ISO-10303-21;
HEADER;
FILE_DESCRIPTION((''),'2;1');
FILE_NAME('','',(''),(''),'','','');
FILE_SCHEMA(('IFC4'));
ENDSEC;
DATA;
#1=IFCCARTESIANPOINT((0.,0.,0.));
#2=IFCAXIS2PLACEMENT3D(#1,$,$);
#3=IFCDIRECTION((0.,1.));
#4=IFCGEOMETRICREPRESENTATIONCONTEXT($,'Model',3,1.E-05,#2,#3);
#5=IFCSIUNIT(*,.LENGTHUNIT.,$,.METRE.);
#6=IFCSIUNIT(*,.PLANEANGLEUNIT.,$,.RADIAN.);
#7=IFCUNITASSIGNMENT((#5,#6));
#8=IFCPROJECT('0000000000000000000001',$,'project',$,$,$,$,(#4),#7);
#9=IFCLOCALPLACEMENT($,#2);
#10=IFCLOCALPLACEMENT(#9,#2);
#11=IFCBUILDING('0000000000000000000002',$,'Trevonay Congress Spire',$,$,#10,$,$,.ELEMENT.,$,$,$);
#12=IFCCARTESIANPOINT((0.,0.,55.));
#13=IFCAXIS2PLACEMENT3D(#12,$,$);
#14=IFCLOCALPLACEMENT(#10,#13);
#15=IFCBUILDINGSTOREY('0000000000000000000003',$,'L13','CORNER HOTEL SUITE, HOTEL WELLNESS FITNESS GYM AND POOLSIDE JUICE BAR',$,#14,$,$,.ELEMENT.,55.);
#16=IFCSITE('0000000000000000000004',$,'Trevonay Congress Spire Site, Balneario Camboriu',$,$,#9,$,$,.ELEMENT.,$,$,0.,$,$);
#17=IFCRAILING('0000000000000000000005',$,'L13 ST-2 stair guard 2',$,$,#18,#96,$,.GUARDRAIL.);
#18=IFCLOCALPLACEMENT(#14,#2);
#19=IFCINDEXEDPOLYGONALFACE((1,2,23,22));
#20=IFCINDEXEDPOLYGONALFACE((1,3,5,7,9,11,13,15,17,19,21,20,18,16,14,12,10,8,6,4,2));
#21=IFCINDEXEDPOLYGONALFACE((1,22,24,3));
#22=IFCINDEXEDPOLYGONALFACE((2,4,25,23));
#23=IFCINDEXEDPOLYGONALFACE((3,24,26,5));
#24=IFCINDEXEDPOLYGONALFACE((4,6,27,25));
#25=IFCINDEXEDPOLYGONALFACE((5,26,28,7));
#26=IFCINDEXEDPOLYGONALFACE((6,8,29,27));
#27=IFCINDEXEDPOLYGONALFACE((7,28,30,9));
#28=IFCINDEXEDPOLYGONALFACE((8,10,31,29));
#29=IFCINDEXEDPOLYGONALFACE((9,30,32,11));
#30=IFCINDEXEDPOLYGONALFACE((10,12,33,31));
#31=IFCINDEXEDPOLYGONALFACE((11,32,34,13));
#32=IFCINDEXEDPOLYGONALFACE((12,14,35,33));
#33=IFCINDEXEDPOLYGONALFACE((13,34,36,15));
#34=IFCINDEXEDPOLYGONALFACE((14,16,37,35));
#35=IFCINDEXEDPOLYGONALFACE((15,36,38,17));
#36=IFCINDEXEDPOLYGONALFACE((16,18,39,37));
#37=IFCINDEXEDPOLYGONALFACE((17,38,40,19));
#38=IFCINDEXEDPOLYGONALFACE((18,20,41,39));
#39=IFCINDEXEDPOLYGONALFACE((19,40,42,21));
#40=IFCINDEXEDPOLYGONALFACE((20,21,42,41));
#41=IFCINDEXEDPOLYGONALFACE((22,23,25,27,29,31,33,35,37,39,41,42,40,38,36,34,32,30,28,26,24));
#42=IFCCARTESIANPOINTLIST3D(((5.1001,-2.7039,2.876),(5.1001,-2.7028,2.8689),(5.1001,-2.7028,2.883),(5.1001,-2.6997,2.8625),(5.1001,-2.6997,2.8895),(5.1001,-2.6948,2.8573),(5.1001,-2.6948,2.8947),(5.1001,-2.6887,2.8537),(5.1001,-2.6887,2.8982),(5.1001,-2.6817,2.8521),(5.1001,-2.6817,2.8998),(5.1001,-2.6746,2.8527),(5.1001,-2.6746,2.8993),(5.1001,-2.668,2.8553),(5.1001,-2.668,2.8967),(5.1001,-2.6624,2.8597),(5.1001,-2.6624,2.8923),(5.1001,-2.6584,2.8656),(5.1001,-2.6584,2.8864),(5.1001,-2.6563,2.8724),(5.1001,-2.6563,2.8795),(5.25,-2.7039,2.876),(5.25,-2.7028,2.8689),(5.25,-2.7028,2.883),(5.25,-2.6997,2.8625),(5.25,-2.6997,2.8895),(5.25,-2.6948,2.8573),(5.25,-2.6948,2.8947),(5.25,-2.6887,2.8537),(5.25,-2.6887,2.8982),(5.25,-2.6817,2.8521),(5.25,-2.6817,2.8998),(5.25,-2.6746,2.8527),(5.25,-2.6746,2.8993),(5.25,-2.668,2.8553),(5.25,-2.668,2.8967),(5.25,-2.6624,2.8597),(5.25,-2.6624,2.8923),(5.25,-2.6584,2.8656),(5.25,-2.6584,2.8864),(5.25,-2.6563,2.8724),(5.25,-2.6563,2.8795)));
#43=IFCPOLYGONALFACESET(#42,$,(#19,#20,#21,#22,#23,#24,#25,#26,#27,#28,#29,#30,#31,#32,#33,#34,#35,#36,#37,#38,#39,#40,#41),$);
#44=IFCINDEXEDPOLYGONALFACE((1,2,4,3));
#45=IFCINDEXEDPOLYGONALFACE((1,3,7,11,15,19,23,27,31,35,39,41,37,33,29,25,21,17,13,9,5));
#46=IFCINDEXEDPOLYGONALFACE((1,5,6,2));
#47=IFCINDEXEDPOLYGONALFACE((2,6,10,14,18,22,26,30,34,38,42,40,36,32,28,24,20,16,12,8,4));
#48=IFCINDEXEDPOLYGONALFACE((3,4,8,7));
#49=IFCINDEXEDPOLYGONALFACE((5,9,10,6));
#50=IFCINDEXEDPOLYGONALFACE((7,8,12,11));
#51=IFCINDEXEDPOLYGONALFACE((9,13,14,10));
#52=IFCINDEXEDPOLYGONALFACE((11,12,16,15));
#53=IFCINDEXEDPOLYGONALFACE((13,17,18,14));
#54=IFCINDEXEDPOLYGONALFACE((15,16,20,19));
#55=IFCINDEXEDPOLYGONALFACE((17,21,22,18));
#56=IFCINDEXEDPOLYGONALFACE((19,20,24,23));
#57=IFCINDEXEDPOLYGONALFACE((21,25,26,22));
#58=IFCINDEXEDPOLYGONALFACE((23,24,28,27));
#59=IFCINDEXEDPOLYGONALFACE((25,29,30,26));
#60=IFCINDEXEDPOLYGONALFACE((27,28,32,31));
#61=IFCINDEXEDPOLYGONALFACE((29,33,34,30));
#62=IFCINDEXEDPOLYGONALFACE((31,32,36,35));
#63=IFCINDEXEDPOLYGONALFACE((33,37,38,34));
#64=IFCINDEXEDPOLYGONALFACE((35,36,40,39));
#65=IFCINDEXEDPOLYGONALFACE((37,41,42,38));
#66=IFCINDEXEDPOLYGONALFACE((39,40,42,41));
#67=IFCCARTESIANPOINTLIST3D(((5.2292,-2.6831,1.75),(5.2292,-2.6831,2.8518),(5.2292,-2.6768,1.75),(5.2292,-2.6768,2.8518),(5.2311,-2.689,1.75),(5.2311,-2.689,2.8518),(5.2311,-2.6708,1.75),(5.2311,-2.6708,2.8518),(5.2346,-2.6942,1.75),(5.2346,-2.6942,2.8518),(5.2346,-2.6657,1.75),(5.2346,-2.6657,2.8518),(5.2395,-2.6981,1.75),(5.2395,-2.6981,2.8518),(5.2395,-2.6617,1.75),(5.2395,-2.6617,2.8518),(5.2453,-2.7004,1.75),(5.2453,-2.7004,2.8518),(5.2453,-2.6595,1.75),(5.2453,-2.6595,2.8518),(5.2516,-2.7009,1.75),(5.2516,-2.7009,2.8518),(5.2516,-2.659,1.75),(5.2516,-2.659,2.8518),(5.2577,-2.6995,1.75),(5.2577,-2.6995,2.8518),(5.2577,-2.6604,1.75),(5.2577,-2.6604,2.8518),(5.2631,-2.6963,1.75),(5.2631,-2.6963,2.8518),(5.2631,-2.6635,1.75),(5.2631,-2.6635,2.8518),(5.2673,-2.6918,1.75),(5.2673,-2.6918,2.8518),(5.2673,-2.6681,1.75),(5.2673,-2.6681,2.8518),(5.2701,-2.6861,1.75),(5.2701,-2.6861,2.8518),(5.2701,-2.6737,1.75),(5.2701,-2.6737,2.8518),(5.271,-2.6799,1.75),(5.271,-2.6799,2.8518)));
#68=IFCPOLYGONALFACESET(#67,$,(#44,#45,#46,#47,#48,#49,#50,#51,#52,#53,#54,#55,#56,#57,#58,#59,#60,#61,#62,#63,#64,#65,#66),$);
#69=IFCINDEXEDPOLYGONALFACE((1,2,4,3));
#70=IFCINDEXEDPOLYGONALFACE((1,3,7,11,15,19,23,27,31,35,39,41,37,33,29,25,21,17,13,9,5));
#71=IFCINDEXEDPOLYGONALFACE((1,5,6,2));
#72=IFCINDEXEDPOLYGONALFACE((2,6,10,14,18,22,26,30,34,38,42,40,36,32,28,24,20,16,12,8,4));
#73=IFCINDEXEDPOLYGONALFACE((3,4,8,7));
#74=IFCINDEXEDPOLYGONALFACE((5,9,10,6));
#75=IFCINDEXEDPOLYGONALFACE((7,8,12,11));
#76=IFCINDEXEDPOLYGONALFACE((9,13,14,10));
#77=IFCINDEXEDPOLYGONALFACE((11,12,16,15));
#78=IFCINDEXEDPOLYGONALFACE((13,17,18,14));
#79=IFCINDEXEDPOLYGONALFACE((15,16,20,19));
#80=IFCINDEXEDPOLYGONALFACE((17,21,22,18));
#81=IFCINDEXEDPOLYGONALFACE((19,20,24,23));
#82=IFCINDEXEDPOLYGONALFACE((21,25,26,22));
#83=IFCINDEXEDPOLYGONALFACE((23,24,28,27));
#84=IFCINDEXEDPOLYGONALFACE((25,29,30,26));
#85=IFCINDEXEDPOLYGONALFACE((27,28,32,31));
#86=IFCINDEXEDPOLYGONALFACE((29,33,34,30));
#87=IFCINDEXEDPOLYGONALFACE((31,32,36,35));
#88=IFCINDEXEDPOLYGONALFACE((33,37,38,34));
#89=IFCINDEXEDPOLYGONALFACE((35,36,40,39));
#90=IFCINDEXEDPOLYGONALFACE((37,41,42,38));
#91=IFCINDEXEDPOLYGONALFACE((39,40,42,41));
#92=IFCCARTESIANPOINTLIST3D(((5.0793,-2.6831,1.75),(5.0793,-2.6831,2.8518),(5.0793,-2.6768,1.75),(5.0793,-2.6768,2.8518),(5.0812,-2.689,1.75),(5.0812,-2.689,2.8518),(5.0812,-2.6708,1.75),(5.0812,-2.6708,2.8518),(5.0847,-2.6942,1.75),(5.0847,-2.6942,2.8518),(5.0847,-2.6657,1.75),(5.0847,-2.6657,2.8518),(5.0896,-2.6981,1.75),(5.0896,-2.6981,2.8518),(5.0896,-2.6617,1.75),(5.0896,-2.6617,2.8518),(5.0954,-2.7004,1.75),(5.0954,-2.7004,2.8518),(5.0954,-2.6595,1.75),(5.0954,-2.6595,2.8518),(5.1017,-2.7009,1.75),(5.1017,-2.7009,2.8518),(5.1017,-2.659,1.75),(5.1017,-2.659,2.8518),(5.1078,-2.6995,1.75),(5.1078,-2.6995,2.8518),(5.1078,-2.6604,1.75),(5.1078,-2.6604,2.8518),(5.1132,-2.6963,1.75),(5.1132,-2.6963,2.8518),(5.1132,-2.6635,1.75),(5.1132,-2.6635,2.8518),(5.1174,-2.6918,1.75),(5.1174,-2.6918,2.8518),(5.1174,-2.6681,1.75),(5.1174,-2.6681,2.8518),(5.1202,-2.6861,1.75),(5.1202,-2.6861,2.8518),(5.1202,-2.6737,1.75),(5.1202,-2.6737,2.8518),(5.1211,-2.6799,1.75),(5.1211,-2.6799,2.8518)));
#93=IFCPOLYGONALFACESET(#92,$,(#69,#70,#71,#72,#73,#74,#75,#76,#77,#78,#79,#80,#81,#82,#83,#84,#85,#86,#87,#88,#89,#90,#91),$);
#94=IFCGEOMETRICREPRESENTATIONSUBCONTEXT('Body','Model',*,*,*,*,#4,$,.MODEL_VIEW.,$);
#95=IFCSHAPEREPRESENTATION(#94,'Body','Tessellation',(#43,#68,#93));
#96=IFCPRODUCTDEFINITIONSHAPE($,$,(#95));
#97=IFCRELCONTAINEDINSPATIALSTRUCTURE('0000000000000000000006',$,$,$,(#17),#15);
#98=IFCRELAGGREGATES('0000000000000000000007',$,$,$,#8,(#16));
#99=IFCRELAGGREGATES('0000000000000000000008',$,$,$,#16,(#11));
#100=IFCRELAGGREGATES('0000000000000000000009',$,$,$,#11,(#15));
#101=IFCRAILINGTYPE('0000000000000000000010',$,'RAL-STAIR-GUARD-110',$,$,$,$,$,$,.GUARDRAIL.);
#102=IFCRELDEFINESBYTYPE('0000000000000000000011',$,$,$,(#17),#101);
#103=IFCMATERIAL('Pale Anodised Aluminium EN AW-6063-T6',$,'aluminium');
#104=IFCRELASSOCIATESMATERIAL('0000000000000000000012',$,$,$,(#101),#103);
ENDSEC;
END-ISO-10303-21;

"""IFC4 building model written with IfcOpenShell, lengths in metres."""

from ifc_helpers import new_model, si_unit, direction, frame, origin, origin_2d, place, context, subcontext, project, spatial, circle, extrude, material, type_object, element, save


model = new_model("IFC4")

# Units and contexts
model_context = context("Model", 3, precision=1e-05, world=origin(), true_north=direction((0.0, 1.0)))
body_context = subcontext(model_context, "Body", "Model", "MODEL_VIEW")
ifc_project = project(units=[si_unit("LENGTHUNIT", "METRE"), si_unit("PLANEANGLEUNIT", "RADIAN")], contexts=[model_context])

# Site, building, storey
site_placement = place(None, origin())
site = spatial("IfcSite", under=ifc_project, at=site_placement, Name="Trevonay Congress Spire Site, Balneario Camboriu", CompositionType="ELEMENT", RefElevation=0.0)
building_placement = place(site_placement, origin())
building = spatial("IfcBuilding", under=site, at=building_placement, Name="Trevonay Congress Spire", CompositionType="ELEMENT")
storey_placement = place(building_placement, frame((0.0, 0.0, 55.0)))
storey = spatial("IfcBuildingStorey", under=building, at=storey_placement, Name="L13", Description="CORNER HOTEL SUITE, HOTEL WELLNESS FITNESS GYM AND POOLSIDE JUICE BAR", CompositionType="ELEMENT", Elevation=55.0)

# Railing
ifc_material_1 = material(Name="Pale Anodised Aluminium EN AW-6063-T6", Category="aluminium")
railing_type_1 = type_object("IfcRailingType", Name="RAL-STAIR-GUARD-110", PredefinedType="GUARDRAIL", material=ifc_material_1)
railing_1_placement = place(storey_placement, frame((5.25, -2.6799, 1.75)))
element("IfcRailing", 1, at=railing_1_placement, inside=storey, type_object=railing_type_1, Name="L13 ST-2 stair guard 2", PredefinedType="GUARDRAIL", context=body_context, shape_type="SweptSolid", body=[
    extrude(circle(Radius=0.0239, at=origin_2d()), frame((0.0, 0.0, 1.126), z_axis=(-1.0, 0.0, 0.0), x_axis=(0.0, -1.0, 0.0)), (0.0, 0.0, 1.0), 0.1499),
    extrude(circle(Radius=0.021, at=origin_2d()), origin(), (0.0, 0.0, 1.0), 1.1018),
    extrude(circle(Radius=0.021, at=origin_2d()), frame((-0.1499, 0.0, 0.0)), (0.0, 0.0, 1.0), 1.1018),
])

save(model, "model.ifc")
